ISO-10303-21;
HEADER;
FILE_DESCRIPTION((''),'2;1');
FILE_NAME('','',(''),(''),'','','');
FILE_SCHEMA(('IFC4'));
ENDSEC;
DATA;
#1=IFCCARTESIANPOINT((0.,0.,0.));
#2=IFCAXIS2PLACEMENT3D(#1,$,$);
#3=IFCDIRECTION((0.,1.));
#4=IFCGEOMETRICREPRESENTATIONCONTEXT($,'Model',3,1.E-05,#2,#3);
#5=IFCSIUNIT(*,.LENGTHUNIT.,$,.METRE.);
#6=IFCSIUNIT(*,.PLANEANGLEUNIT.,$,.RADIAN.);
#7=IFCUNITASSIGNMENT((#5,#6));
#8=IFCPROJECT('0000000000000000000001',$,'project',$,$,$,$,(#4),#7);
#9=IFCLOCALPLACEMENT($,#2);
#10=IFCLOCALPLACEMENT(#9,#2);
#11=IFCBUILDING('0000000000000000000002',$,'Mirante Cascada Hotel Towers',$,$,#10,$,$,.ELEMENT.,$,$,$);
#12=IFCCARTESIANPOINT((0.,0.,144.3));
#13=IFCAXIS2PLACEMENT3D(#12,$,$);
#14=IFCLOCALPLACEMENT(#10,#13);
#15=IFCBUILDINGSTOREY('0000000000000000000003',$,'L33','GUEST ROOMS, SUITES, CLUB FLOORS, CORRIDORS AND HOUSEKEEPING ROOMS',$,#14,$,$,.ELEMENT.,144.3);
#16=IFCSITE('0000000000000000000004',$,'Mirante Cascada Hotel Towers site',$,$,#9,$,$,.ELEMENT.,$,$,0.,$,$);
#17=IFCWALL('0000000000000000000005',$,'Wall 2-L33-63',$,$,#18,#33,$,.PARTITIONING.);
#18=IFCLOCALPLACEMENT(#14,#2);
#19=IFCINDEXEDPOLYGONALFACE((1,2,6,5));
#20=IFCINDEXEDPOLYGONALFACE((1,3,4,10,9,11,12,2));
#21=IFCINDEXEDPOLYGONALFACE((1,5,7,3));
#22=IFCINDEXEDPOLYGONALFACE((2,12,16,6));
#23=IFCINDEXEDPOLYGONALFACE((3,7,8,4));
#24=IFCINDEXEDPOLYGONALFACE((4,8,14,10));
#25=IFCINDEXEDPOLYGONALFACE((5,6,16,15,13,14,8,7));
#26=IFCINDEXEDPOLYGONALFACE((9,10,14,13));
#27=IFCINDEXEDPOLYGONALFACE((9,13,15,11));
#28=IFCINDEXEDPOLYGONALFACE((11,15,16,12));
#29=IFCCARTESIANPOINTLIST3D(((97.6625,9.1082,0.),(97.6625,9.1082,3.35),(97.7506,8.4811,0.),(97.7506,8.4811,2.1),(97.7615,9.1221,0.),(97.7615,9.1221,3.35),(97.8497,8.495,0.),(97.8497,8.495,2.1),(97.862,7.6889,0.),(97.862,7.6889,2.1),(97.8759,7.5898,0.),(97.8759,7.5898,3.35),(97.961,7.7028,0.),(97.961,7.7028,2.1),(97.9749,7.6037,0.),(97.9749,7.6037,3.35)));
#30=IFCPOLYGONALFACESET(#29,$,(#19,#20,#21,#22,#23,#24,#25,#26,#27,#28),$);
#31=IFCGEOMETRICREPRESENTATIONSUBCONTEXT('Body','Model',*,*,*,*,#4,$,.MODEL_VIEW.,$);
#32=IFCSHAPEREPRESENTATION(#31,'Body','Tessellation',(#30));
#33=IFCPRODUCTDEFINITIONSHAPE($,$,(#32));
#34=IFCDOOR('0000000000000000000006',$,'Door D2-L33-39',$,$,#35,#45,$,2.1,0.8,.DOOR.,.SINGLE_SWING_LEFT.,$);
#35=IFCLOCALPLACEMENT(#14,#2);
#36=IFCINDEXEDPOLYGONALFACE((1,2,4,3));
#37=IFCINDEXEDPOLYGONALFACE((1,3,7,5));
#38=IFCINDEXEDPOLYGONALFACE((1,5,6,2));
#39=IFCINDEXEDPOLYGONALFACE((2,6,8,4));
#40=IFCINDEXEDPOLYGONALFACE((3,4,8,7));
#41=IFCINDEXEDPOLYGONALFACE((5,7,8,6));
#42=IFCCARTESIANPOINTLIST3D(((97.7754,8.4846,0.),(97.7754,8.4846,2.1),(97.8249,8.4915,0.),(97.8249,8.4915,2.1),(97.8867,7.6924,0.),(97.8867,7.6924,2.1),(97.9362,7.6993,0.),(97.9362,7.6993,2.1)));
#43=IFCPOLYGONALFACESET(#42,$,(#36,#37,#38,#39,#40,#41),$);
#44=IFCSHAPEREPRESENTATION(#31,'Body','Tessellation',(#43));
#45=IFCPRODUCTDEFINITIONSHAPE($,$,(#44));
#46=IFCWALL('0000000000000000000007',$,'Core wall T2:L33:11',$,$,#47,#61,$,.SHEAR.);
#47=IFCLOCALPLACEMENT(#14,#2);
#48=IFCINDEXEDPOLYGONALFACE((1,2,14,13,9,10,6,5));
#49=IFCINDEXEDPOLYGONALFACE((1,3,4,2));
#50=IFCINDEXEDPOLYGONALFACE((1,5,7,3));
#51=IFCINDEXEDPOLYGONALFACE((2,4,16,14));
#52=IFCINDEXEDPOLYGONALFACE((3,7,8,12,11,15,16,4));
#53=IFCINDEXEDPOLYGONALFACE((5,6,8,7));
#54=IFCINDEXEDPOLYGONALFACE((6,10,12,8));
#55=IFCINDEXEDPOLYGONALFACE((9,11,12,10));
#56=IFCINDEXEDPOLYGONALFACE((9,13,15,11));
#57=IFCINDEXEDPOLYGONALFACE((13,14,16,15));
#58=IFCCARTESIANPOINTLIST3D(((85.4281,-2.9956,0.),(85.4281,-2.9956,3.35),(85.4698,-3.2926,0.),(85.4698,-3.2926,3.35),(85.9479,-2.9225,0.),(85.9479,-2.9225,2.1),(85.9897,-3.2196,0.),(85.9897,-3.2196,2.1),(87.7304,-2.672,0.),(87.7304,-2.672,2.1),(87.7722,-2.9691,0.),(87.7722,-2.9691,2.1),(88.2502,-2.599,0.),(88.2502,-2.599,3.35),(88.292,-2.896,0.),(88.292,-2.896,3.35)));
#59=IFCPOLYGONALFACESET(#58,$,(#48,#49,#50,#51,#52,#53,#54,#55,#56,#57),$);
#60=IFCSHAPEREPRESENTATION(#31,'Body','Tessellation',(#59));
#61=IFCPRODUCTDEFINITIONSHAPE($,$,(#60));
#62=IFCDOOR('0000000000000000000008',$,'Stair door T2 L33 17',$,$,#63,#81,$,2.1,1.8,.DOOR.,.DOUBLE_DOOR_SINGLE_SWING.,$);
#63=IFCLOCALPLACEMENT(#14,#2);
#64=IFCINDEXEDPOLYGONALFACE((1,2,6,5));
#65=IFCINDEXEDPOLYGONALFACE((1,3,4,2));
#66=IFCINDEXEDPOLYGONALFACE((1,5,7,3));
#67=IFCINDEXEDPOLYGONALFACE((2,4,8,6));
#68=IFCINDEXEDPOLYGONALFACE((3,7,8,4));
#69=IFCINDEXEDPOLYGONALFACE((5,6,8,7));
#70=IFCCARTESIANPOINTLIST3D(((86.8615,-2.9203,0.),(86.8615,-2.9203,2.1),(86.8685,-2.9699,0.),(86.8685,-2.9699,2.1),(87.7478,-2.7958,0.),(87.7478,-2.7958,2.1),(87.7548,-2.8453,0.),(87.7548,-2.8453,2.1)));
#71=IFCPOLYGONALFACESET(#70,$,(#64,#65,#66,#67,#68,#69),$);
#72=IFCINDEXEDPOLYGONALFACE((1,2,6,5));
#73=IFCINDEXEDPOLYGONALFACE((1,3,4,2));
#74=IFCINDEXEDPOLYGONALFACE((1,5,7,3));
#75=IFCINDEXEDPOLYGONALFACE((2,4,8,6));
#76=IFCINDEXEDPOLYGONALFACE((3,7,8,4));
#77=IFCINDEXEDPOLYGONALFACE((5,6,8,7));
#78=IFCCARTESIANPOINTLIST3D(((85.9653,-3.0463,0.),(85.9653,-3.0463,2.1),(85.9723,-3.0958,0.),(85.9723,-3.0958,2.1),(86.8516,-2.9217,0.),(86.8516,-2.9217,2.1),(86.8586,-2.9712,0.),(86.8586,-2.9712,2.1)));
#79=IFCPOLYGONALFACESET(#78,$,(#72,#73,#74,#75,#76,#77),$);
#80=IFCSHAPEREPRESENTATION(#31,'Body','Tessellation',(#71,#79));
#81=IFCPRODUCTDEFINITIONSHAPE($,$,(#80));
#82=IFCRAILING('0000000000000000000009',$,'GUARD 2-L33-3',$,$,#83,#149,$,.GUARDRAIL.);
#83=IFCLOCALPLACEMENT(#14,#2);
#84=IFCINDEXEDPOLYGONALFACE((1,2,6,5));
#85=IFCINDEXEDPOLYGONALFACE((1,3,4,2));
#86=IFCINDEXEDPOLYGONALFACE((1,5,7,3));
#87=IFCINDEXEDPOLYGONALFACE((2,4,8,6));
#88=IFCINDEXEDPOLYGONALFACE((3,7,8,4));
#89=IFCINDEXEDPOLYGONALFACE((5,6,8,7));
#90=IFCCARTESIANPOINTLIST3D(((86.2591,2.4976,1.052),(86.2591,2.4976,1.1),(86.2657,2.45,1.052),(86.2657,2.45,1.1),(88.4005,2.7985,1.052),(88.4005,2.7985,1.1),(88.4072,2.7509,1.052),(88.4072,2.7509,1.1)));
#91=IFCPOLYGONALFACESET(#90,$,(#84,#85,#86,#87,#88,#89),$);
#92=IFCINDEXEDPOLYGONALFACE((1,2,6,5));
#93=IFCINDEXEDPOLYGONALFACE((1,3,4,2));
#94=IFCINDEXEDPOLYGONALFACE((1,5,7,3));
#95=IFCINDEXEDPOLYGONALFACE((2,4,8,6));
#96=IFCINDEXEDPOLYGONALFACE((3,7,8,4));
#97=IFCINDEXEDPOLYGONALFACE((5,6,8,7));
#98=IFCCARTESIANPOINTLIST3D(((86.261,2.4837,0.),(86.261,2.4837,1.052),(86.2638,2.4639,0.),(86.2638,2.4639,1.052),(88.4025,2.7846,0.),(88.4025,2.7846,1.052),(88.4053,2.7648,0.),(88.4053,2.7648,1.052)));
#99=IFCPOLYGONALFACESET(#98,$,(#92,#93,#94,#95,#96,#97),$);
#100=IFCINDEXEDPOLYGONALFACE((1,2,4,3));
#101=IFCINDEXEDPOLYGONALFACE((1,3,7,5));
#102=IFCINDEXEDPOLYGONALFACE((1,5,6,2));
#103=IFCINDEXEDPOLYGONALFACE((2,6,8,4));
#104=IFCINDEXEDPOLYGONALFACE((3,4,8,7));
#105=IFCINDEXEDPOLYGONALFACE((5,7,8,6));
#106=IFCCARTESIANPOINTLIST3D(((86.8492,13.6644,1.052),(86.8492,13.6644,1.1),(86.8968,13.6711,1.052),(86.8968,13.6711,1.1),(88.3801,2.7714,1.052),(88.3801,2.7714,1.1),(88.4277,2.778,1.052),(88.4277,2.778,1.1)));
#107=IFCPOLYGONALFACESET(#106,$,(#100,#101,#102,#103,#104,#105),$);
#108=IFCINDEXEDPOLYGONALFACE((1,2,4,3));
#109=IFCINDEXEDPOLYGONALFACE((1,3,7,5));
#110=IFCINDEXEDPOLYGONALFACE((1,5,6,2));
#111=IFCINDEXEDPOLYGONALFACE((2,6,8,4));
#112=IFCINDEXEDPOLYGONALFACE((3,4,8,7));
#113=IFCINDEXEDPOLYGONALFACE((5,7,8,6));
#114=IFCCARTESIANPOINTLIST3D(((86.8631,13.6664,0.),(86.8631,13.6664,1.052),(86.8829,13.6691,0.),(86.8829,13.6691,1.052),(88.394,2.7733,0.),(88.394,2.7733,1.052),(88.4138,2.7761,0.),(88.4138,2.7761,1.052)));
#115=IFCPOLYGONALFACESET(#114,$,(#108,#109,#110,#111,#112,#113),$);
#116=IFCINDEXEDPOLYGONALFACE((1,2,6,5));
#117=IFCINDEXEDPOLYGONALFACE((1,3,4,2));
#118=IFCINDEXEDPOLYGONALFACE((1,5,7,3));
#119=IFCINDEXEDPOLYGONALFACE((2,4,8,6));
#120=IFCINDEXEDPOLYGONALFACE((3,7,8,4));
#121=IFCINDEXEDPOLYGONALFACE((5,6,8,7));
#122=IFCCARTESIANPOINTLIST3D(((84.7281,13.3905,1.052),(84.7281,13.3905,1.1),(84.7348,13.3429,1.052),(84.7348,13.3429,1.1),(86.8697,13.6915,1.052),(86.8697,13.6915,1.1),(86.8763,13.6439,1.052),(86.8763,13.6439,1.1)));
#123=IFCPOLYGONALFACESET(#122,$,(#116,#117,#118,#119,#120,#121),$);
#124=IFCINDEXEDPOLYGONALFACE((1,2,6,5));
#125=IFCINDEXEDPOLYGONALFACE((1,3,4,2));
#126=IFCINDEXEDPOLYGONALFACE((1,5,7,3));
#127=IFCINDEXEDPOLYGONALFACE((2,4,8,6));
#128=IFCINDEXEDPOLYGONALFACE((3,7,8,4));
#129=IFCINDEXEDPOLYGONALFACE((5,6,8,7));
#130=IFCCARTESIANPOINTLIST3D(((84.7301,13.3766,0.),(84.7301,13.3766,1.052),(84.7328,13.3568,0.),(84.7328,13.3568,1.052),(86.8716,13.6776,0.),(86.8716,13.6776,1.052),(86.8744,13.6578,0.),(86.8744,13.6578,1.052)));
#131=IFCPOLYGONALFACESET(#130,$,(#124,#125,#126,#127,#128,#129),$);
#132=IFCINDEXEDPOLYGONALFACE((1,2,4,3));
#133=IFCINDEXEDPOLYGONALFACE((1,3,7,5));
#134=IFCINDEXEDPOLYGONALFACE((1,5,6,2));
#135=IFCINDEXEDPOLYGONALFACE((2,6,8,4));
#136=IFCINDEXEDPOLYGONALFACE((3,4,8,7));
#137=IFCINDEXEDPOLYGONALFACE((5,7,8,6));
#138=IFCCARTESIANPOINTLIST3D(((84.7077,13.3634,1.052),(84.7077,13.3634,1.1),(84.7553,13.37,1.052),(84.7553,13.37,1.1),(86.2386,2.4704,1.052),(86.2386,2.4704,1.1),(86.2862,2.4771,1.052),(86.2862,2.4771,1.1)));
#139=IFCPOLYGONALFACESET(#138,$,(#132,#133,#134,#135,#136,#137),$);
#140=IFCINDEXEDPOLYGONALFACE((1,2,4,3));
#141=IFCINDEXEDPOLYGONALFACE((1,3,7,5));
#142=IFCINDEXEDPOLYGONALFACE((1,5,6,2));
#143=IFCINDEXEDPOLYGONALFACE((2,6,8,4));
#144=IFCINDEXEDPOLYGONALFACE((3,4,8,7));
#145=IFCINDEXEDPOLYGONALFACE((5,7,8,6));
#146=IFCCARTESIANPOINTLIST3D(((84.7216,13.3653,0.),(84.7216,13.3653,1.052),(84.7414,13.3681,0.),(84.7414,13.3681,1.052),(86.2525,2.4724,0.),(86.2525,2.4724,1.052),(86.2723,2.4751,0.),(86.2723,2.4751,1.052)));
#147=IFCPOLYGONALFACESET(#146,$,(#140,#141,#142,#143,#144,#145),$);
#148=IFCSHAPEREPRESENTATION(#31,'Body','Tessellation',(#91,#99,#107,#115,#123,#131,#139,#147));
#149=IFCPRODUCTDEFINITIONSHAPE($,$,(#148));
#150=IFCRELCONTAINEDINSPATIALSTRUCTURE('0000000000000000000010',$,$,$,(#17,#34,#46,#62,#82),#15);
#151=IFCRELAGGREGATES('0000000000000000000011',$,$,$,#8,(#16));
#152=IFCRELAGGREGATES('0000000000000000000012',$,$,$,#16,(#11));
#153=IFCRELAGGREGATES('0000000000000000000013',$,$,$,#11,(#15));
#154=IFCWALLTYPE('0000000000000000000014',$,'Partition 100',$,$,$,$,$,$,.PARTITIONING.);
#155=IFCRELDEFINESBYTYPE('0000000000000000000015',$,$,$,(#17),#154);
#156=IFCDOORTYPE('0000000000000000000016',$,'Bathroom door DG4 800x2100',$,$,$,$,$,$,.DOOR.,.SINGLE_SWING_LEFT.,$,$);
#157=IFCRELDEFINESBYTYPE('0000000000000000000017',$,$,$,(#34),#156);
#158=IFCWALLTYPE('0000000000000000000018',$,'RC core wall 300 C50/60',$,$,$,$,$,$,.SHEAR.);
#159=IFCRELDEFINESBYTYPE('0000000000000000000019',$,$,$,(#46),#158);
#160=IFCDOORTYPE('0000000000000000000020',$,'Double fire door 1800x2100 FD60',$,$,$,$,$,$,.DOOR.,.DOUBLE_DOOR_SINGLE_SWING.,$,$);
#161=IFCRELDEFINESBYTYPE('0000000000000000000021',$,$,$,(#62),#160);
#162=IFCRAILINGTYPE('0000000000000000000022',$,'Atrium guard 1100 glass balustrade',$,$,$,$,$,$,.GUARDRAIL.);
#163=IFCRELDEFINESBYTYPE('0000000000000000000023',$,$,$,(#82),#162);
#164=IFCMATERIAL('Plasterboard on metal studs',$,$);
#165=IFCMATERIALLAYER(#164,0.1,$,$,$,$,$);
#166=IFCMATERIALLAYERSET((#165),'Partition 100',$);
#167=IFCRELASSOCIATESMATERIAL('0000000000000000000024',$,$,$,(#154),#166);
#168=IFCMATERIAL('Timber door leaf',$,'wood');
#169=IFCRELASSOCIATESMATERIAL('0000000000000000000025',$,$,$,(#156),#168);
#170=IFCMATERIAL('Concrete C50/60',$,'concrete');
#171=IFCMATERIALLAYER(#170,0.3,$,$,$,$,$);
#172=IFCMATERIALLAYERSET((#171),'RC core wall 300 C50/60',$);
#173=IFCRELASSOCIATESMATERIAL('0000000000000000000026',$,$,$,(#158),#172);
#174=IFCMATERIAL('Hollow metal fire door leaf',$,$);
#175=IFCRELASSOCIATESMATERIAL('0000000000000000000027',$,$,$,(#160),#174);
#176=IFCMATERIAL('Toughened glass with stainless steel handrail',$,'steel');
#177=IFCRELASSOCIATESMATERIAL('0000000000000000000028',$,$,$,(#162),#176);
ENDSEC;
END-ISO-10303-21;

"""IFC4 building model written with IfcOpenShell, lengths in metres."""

from ifc_helpers import new_model, si_unit, direction, frame, frame_2d, origin, origin_2d, place, context, subcontext, project, spatial, rectangle, extrude, material, layer, layer_set, type_object, element, fill, save


model = new_model("IFC4")

# Units and contexts
model_context = context("Model", 3, precision=1e-05, world=origin(), true_north=direction((0.0, 1.0)))
body_context = subcontext(model_context, "Body", "Model", "MODEL_VIEW")
ifc_project = project(units=[si_unit("LENGTHUNIT", "METRE"), si_unit("PLANEANGLEUNIT", "RADIAN")], contexts=[model_context])

# Site, building, storey
site_placement = place(None, origin())
site = spatial("IfcSite", under=ifc_project, at=site_placement, Name="Mirante Cascada Hotel Towers site", CompositionType="ELEMENT", RefElevation=0.0)
building_placement = place(site_placement, origin())
building = spatial("IfcBuilding", under=site, at=building_placement, Name="Mirante Cascada Hotel Towers", CompositionType="ELEMENT")
storey_placement = place(building_placement, frame((0.0, 0.0, 144.3)))
storey = spatial("IfcBuildingStorey", under=building, at=storey_placement, Name="L33", Description="GUEST ROOMS, SUITES, CLUB FLOORS, CORRIDORS AND HOUSEKEEPING ROOMS", CompositionType="ELEMENT", Elevation=144.3)

# Shared definitions
ifc_material_1 = material(Name="Plasterboard on metal studs")
ifc_layer_1 = layer(ifc_material_1, 0.1)
ifc_layer_set_1 = layer_set([ifc_layer_1], Name="Partition 100")
wall_type_1 = type_object("IfcWallType", Name="Partition 100", PredefinedType="PARTITIONING", material=ifc_layer_set_1)

# Walls, openings, doors
wall_1_placement = place(storey_placement, frame((97.712, 9.1152, 0.0), z_axis=(0.0, 0.0, 1.0), x_axis=(0.139175, -0.990268, 0.0)))
wall_1 = element("IfcWall", 1, at=wall_1_placement, inside=storey, type_object=wall_type_1, Name="Wall 2-L33-63", PredefinedType="PARTITIONING", context=body_context, shape_type="SweptSolid", body=[
    extrude(rectangle(XDim=1.5333, YDim=0.1, at=frame_2d((0.7667, 0.0))), origin(), (0.0, 0.0, 1.0), 3.35),
])
opening_1_placement = place(wall_1_placement, frame((0.6333, 0.0, 0.0)))
opening_1 = element("IfcOpeningElement", 2, at=opening_1_placement, cuts=wall_1, PredefinedType="OPENING", context=body_context, shape_type="SweptSolid", body=[
    extrude(rectangle(XDim=0.8, YDim=2.1, at=frame_2d((0.4, 1.05))), frame((0.0, 0.05, 0.0), z_axis=(0.0, -1.0, 0.0), x_axis=(1.0, 0.0, 0.0)), (0.0, 0.0, 1.0), 0.1),
])
ifc_material_2 = material(Name="Timber door leaf", Category="wood")
door_type_1 = type_object("IfcDoorType", Name="Bathroom door DG4 800x2100", OperationType="SINGLE_SWING_LEFT", PredefinedType="DOOR", material=ifc_material_2)
door_1_placement = place(opening_1_placement, origin())
door_1 = element("IfcDoor", 3, at=door_1_placement, inside=storey, type_object=door_type_1, Name="Door D2-L33-39", OperationType="SINGLE_SWING_LEFT", OverallHeight=2.1, OverallWidth=0.8, PredefinedType="DOOR", context=body_context, shape_type="SweptSolid", body=[
    extrude(rectangle(XDim=0.8, YDim=2.1, at=frame_2d((0.4, 1.05))), frame((0.0, 0.025, 0.0), z_axis=(0.0, -1.0, 0.0), x_axis=(1.0, 0.0, 0.0)), (0.0, 0.0, 1.0), 0.05),
])
fill(opening_1, door_1)
ifc_material_3 = material(Name="Concrete C50/60", Category="concrete")
ifc_layer_2 = layer(ifc_material_3, 0.3)
ifc_layer_set_2 = layer_set([ifc_layer_2], Name="RC core wall 300 C50/60")
wall_type_2 = type_object("IfcWallType", Name="RC core wall 300 C50/60", PredefinedType="SHEAR", material=ifc_layer_set_2)
wall_2_placement = place(storey_placement, frame((85.4489, -3.1441, 0.0), z_axis=(0.0, 0.0, 1.0), x_axis=(0.99027, 0.139161, 0.0)))
wall_2 = element("IfcWall", 4, at=wall_2_placement, inside=storey, type_object=wall_type_2, Name="Core wall T2:L33:11", PredefinedType="SHEAR", context=body_context, shape_type="SweptSolid", body=[
    extrude(rectangle(XDim=2.8499, YDim=0.3, at=frame_2d((1.425, 0.0))), origin(), (0.0, 0.0, 1.0), 3.35),
])
opening_2_placement = place(wall_2_placement, frame((0.525, 0.0, 0.0)))
opening_2 = element("IfcOpeningElement", 5, at=opening_2_placement, cuts=wall_2, PredefinedType="OPENING", context=body_context, shape_type="SweptSolid", body=[
    extrude(rectangle(XDim=1.8, YDim=2.1, at=frame_2d((0.9, 1.05))), frame((0.0, 0.15, 0.0), z_axis=(0.0, -1.0, 0.0), x_axis=(1.0, 0.0, 0.0)), (0.0, 0.0, 1.0), 0.3),
])
ifc_material_4 = material(Name="Hollow metal fire door leaf")
door_type_2 = type_object("IfcDoorType", Name="Double fire door 1800x2100 FD60", OperationType="DOUBLE_DOOR_SINGLE_SWING", PredefinedType="DOOR", material=ifc_material_4)
door_2_placement = place(opening_2_placement, frame((1.8, 0.0, 0.0), z_axis=(0.0, 0.0, 1.0), x_axis=(-1.0, 0.0, 0.0)))
door_2 = element("IfcDoor", 6, at=door_2_placement, inside=storey, type_object=door_type_2, Name="Stair door T2 L33 17", OperationType="DOUBLE_DOOR_SINGLE_SWING", OverallHeight=2.1, OverallWidth=1.8, PredefinedType="DOOR", context=body_context, shape_type="SweptSolid", body=[
    extrude(rectangle(XDim=0.895, YDim=2.1, at=frame_2d((0.4475, 1.05))), frame((0.0, 0.025, 0.0), z_axis=(0.0, -1.0, 0.0), x_axis=(1.0, 0.0, 0.0)), (0.0, 0.0, 1.0), 0.05),
    extrude(rectangle(XDim=0.895, YDim=2.1, at=frame_2d((1.3525, 1.05))), frame((0.0, 0.025, 0.0), z_axis=(0.0, -1.0, 0.0), x_axis=(1.0, 0.0, 0.0)), (0.0, 0.0, 1.0), 0.05),
])
fill(opening_2, door_2)

# Railing
ifc_material_5 = material(Name="Toughened glass with stainless steel handrail", Category="steel")
railing_type = type_object("IfcRailingType", Name="Atrium guard 1100 glass balustrade", PredefinedType="GUARDRAIL", material=ifc_material_5)
railing_placement = place(storey_placement, frame((86.2624, 2.4738, 0.0)))
element("IfcRailing", 7, at=railing_placement, inside=storey, type_object=railing_type, Name="GUARD 2-L33-3", PredefinedType="GUARDRAIL", context=body_context, shape_type="SweptSolid", body=[
    extrude(rectangle(XDim=0.048, YDim=0.048, at=origin_2d()), frame((0.0, 0.0, 1.076), z_axis=(0.990272, 0.139142, 0.0), x_axis=(-0.139142, 0.990272, 0.0)), (0.0, 0.0, 1.0), 2.1625),
    extrude(rectangle(XDim=0.02, YDim=1.052, at=origin_2d()), frame((0.0, 0.0, 0.526), z_axis=(0.990272, 0.139142, 0.0), x_axis=(-0.139142, 0.990272, 0.0)), (0.0, 0.0, 1.0), 2.1625),
    extrude(rectangle(XDim=0.048, YDim=0.048, at=origin_2d()), frame((2.1415, 0.3009, 1.076), z_axis=(-0.139172, 0.990268, 0.0), x_axis=(-0.990268, -0.139172, 0.0)), (0.0, 0.0, 1.0), 11.0001),
    extrude(rectangle(XDim=0.02, YDim=1.052, at=origin_2d()), frame((2.1415, 0.3009, 0.526), z_axis=(-0.139172, 0.990268, 0.0), x_axis=(-0.990268, -0.139172, 0.0)), (0.0, 0.0, 1.0), 11.0001),
    extrude(rectangle(XDim=0.048, YDim=0.048, at=origin_2d()), frame((0.6106, 11.1939, 1.076), z_axis=(-0.990266, -0.139187, 0.0), x_axis=(0.139187, -0.990266, 0.0)), (0.0, 0.0, 1.0), 2.1626),
    extrude(rectangle(XDim=0.02, YDim=1.052, at=origin_2d()), frame((0.6106, 11.1939, 0.526), z_axis=(-0.990266, -0.139187, 0.0), x_axis=(0.139187, -0.990266, 0.0)), (0.0, 0.0, 1.0), 2.1626),
    extrude(rectangle(XDim=0.048, YDim=0.048, at=origin_2d()), frame((-1.5309, 10.8929, 1.076), z_axis=(0.139173, -0.990268, 0.0), x_axis=(0.990268, 0.139173, 0.0)), (0.0, 0.0, 1.0), 11.0),
    extrude(rectangle(XDim=0.02, YDim=1.052, at=origin_2d()), frame((-1.5309, 10.8929, 0.526), z_axis=(0.139173, -0.990268, 0.0), x_axis=(0.990268, 0.139173, 0.0)), (0.0, 0.0, 1.0), 11.0),
])

save(model, "model.ifc")
